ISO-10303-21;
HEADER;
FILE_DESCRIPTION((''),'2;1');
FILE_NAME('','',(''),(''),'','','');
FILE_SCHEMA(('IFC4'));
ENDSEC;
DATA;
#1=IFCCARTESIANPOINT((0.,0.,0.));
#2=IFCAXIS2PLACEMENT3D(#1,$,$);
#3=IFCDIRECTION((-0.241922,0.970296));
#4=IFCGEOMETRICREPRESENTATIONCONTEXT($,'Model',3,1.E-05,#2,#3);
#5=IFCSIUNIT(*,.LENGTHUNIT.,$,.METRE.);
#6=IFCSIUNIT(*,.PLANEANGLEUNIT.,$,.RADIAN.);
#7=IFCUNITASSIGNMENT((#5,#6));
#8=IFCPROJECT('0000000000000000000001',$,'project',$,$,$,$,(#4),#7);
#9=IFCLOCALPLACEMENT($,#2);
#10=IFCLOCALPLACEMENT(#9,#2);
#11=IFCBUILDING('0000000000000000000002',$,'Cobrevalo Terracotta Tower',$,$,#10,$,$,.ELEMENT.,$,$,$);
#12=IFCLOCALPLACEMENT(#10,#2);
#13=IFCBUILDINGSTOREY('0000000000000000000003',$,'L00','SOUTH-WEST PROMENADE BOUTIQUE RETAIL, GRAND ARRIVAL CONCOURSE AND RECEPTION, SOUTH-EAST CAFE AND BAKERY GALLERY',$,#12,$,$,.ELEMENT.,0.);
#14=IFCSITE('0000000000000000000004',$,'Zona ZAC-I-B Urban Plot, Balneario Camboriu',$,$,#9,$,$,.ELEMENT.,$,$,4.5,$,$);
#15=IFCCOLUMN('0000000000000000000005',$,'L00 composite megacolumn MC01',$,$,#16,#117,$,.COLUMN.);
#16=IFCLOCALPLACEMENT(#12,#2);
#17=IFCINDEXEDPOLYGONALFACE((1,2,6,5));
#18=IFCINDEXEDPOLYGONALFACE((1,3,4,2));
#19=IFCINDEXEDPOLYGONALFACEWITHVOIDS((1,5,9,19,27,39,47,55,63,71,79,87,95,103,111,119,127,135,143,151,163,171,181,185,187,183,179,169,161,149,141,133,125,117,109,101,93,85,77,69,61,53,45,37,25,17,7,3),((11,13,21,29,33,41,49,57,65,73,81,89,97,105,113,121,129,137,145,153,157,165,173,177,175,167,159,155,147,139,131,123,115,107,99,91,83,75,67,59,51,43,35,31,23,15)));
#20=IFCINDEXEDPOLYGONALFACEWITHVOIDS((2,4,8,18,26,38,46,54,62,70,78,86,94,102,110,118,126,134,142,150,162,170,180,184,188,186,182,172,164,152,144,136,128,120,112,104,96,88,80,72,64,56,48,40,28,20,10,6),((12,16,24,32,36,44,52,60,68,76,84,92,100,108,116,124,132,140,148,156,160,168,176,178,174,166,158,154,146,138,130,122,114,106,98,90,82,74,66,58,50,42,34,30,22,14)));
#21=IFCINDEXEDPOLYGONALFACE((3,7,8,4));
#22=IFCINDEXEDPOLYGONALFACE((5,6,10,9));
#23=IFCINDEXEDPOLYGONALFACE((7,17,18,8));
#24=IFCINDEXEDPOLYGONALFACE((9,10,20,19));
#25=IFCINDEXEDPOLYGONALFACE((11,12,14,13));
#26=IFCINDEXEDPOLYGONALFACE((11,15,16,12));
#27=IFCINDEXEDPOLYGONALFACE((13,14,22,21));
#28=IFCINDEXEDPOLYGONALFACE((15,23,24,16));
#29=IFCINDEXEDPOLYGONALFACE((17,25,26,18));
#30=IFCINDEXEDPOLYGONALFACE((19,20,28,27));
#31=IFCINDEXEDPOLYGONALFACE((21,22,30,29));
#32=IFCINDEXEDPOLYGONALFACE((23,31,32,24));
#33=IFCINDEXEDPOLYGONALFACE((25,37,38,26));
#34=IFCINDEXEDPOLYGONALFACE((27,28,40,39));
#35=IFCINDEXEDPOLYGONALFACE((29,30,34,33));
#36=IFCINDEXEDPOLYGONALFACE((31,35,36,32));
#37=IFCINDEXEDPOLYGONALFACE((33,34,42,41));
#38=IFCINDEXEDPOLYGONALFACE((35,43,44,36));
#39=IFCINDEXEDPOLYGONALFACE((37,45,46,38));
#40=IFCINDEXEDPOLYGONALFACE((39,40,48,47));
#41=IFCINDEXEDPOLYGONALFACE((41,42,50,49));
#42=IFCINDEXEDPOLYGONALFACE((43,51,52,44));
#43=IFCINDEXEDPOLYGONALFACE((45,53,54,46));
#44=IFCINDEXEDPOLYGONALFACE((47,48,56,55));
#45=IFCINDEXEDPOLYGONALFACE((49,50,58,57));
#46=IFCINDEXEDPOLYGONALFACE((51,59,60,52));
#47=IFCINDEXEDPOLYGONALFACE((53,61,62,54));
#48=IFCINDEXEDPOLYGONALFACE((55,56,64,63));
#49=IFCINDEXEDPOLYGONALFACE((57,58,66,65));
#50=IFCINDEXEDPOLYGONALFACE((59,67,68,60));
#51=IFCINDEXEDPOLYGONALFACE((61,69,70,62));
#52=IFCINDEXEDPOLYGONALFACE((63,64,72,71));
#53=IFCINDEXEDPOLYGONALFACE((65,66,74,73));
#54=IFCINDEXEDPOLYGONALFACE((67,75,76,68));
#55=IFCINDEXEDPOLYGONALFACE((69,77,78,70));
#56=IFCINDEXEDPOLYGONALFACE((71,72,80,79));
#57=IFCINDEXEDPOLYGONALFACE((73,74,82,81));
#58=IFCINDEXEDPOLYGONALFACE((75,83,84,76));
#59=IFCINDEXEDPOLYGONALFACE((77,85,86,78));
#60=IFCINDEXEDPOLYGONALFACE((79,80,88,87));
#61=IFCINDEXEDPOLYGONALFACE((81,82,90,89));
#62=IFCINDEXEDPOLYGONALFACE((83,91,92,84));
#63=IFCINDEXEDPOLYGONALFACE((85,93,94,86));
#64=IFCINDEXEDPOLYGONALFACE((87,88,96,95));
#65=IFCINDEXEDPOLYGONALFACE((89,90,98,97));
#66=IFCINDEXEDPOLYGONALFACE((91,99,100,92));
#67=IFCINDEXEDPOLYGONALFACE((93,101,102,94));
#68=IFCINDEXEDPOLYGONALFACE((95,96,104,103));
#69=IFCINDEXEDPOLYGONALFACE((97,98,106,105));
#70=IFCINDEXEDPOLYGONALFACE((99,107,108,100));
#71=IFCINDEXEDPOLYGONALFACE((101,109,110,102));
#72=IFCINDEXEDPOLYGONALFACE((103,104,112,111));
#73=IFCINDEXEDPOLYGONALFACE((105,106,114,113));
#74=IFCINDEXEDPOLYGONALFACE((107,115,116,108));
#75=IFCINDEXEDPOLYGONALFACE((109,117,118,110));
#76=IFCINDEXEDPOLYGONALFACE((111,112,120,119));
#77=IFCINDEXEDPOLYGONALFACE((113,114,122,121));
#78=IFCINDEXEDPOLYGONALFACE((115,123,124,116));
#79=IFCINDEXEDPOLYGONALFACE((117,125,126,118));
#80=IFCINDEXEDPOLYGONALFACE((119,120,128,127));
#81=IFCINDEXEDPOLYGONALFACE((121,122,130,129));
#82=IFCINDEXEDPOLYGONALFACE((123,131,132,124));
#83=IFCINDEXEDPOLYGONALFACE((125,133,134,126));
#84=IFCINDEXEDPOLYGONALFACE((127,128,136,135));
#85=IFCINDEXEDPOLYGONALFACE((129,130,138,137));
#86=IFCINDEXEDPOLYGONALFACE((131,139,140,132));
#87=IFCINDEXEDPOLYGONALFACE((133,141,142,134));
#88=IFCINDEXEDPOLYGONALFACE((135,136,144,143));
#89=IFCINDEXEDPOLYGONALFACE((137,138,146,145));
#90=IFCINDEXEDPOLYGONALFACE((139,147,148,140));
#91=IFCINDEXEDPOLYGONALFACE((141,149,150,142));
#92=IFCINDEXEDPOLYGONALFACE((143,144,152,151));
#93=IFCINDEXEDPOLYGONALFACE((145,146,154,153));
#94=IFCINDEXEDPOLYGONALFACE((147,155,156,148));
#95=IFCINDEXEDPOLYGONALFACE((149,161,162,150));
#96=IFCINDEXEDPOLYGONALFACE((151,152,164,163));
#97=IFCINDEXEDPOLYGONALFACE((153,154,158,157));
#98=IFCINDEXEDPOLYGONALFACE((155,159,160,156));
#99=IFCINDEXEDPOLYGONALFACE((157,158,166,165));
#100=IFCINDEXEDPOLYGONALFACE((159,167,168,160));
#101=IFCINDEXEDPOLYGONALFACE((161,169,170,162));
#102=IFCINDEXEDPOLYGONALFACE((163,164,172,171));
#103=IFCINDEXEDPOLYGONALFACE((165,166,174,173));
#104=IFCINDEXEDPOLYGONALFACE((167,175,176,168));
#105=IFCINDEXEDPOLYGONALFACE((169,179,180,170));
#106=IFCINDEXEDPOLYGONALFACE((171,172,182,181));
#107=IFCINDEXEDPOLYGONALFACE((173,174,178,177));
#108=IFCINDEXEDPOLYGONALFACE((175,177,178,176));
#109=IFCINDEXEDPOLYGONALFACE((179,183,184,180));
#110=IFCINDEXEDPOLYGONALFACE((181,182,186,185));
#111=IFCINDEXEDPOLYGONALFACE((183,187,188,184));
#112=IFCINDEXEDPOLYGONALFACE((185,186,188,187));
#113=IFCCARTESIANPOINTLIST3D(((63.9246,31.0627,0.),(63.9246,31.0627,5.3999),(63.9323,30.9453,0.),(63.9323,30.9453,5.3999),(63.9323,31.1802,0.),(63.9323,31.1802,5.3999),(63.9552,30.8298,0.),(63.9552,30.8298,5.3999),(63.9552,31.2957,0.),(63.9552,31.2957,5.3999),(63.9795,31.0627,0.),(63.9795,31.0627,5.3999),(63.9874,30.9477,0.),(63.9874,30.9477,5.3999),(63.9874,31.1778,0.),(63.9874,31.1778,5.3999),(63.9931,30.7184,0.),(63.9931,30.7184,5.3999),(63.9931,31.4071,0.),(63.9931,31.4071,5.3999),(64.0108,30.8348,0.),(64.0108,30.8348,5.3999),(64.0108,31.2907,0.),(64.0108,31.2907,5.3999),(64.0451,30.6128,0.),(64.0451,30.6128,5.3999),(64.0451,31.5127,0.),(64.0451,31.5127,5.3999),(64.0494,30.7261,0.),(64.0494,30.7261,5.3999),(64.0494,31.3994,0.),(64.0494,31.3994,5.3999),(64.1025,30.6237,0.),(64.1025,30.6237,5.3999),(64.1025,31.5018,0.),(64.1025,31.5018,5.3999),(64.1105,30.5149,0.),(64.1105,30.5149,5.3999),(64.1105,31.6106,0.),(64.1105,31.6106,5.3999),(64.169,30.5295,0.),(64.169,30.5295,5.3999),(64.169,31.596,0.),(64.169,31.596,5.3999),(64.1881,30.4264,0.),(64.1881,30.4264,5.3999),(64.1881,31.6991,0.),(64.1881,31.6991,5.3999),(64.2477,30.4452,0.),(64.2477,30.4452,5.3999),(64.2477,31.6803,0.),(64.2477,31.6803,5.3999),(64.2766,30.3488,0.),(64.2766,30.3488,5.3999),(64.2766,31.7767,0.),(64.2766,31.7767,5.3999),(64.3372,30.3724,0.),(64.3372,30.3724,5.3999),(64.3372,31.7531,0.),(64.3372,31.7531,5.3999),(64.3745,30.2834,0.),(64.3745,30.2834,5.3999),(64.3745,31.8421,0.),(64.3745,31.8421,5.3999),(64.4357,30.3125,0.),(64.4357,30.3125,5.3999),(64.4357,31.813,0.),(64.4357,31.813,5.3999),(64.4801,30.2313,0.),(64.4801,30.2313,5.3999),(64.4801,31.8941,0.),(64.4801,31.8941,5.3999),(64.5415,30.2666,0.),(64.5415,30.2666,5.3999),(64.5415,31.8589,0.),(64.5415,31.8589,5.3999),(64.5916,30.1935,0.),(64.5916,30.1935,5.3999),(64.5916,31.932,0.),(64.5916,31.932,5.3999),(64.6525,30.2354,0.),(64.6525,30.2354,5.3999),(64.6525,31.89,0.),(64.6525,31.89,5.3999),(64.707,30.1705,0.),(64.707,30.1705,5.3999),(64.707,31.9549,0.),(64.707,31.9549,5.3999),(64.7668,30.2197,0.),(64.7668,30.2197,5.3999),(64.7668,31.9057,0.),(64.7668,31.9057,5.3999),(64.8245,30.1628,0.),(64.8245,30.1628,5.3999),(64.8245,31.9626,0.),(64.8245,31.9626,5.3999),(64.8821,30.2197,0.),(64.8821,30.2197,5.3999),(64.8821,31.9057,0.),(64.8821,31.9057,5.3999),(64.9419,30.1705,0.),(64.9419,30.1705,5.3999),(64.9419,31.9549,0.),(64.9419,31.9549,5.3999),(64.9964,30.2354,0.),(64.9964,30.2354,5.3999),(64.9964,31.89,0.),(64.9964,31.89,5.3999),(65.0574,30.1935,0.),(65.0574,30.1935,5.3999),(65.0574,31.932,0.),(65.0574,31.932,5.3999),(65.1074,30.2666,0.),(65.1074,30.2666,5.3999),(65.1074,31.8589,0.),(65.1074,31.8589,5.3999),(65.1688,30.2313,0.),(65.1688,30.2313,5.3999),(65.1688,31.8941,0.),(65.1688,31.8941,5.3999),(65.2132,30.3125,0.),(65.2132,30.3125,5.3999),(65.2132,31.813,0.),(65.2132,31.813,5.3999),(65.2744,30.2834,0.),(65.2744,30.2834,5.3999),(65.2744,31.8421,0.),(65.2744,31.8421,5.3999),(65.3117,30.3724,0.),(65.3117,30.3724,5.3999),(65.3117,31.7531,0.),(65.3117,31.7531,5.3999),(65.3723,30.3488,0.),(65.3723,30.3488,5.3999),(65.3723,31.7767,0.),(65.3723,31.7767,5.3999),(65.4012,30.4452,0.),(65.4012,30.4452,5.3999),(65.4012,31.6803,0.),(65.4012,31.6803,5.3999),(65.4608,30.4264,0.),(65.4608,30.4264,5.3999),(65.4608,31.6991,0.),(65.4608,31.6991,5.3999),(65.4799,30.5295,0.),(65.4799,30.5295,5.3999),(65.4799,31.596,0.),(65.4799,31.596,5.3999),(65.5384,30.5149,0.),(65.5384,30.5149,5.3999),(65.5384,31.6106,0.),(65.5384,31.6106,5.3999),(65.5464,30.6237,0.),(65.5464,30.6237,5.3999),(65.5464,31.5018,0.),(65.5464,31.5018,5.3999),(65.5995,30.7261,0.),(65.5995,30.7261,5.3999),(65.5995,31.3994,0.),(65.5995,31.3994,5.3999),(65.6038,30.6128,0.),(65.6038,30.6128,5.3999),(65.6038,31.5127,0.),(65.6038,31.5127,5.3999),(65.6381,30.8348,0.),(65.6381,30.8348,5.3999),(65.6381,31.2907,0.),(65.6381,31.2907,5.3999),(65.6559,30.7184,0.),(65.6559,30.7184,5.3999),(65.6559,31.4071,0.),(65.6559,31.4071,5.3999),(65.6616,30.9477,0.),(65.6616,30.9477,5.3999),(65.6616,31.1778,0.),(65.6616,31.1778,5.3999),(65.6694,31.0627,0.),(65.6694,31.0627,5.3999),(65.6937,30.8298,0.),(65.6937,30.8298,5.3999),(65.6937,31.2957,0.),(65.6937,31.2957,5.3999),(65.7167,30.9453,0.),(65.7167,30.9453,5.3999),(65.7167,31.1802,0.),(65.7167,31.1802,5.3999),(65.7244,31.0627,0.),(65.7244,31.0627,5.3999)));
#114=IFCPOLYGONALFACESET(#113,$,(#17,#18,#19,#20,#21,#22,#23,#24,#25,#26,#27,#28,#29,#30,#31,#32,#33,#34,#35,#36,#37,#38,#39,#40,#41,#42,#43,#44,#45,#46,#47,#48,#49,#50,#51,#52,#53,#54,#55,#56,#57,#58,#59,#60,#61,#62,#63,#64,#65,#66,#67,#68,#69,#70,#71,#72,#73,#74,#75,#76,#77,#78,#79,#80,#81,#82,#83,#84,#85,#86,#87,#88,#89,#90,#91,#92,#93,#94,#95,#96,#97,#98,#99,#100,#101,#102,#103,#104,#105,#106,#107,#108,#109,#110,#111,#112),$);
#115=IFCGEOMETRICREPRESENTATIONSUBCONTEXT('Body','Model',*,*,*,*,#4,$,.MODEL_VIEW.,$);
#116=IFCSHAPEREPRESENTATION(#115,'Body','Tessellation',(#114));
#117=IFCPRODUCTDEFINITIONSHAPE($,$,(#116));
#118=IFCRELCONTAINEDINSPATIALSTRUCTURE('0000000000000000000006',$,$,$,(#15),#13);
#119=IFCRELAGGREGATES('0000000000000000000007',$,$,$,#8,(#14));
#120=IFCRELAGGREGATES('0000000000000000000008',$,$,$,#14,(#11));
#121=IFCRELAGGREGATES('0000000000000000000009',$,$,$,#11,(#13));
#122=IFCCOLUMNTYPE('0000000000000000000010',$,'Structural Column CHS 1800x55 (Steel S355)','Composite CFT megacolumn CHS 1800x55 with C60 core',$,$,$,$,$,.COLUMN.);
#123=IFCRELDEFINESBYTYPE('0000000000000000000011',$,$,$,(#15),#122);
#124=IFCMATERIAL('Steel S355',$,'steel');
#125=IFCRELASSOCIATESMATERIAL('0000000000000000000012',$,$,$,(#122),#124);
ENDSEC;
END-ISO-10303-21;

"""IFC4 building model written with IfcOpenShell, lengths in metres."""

from ifc_helpers import new_model, si_unit, direction, frame, origin, origin_2d, place, context, subcontext, project, spatial, hollow_circle, extrude, material, material_profile, profile_set, type_object, element, save


model = new_model("IFC4")

# Units and contexts
model_context = context("Model", 3, precision=1e-05, world=origin(), true_north=direction((-0.241922, 0.970296)))
body_context = subcontext(model_context, "Body", "Model", "MODEL_VIEW")
ifc_project = project(units=[si_unit("LENGTHUNIT", "METRE"), si_unit("PLANEANGLEUNIT", "RADIAN")], contexts=[model_context])

# Site, building, storey
site_placement = place(None, origin())
site = spatial("IfcSite", under=ifc_project, at=site_placement, Name="Zona ZAC-I-B Urban Plot, Balneario Camboriu", CompositionType="ELEMENT", RefElevation=4.5)
building_placement = place(site_placement, origin())
building = spatial("IfcBuilding", under=site, at=building_placement, Name="Cobrevalo Terracotta Tower", CompositionType="ELEMENT")
storey_placement = place(building_placement, origin())
storey = spatial("IfcBuildingStorey", under=building, at=storey_placement, Name="L00", Description="SOUTH-WEST PROMENADE BOUTIQUE RETAIL, GRAND ARRIVAL CONCOURSE AND RECEPTION, SOUTH-EAST CAFE AND BAKERY GALLERY", CompositionType="ELEMENT", Elevation=0.0)

# Column
ifc_material_1 = material(Name="Steel S355", Category="steel")
ifc_material_profile_1 = material_profile(ifc_material_1, hollow_circle(Radius=0.8999, WallThickness=0.0549, at=origin_2d()), Name="CHS 1800x55")
ifc_profile_set_1 = profile_set([ifc_material_profile_1], Name="Steel S355")
column_type_1 = type_object("IfcColumnType", Name="Structural Column CHS 1800x55 (Steel S355)", Description="Composite CFT megacolumn CHS 1800x55 with C60 core", PredefinedType="COLUMN", material=ifc_profile_set_1)
for number, where, z_axis, x_axis, name in (
    (1, (64.8245, 31.0627, 0.0), (0.0, 0.0, 1.0), (1.0, 0.0, 0.0), "L00 composite megacolumn MC01"),
):
    element("IfcColumn", number, at=place(storey_placement, frame(where, z_axis=z_axis, x_axis=x_axis)), inside=storey, type_object=column_type_1, Name=name, PredefinedType="COLUMN", context=body_context, shape_type="SweptSolid", body=[
        extrude(hollow_circle(Radius=0.8999, WallThickness=0.0549, at=origin_2d()), origin(), (0.0, 0.0, 1.0), 5.3999),
    ])

save(model, "model.ifc")
